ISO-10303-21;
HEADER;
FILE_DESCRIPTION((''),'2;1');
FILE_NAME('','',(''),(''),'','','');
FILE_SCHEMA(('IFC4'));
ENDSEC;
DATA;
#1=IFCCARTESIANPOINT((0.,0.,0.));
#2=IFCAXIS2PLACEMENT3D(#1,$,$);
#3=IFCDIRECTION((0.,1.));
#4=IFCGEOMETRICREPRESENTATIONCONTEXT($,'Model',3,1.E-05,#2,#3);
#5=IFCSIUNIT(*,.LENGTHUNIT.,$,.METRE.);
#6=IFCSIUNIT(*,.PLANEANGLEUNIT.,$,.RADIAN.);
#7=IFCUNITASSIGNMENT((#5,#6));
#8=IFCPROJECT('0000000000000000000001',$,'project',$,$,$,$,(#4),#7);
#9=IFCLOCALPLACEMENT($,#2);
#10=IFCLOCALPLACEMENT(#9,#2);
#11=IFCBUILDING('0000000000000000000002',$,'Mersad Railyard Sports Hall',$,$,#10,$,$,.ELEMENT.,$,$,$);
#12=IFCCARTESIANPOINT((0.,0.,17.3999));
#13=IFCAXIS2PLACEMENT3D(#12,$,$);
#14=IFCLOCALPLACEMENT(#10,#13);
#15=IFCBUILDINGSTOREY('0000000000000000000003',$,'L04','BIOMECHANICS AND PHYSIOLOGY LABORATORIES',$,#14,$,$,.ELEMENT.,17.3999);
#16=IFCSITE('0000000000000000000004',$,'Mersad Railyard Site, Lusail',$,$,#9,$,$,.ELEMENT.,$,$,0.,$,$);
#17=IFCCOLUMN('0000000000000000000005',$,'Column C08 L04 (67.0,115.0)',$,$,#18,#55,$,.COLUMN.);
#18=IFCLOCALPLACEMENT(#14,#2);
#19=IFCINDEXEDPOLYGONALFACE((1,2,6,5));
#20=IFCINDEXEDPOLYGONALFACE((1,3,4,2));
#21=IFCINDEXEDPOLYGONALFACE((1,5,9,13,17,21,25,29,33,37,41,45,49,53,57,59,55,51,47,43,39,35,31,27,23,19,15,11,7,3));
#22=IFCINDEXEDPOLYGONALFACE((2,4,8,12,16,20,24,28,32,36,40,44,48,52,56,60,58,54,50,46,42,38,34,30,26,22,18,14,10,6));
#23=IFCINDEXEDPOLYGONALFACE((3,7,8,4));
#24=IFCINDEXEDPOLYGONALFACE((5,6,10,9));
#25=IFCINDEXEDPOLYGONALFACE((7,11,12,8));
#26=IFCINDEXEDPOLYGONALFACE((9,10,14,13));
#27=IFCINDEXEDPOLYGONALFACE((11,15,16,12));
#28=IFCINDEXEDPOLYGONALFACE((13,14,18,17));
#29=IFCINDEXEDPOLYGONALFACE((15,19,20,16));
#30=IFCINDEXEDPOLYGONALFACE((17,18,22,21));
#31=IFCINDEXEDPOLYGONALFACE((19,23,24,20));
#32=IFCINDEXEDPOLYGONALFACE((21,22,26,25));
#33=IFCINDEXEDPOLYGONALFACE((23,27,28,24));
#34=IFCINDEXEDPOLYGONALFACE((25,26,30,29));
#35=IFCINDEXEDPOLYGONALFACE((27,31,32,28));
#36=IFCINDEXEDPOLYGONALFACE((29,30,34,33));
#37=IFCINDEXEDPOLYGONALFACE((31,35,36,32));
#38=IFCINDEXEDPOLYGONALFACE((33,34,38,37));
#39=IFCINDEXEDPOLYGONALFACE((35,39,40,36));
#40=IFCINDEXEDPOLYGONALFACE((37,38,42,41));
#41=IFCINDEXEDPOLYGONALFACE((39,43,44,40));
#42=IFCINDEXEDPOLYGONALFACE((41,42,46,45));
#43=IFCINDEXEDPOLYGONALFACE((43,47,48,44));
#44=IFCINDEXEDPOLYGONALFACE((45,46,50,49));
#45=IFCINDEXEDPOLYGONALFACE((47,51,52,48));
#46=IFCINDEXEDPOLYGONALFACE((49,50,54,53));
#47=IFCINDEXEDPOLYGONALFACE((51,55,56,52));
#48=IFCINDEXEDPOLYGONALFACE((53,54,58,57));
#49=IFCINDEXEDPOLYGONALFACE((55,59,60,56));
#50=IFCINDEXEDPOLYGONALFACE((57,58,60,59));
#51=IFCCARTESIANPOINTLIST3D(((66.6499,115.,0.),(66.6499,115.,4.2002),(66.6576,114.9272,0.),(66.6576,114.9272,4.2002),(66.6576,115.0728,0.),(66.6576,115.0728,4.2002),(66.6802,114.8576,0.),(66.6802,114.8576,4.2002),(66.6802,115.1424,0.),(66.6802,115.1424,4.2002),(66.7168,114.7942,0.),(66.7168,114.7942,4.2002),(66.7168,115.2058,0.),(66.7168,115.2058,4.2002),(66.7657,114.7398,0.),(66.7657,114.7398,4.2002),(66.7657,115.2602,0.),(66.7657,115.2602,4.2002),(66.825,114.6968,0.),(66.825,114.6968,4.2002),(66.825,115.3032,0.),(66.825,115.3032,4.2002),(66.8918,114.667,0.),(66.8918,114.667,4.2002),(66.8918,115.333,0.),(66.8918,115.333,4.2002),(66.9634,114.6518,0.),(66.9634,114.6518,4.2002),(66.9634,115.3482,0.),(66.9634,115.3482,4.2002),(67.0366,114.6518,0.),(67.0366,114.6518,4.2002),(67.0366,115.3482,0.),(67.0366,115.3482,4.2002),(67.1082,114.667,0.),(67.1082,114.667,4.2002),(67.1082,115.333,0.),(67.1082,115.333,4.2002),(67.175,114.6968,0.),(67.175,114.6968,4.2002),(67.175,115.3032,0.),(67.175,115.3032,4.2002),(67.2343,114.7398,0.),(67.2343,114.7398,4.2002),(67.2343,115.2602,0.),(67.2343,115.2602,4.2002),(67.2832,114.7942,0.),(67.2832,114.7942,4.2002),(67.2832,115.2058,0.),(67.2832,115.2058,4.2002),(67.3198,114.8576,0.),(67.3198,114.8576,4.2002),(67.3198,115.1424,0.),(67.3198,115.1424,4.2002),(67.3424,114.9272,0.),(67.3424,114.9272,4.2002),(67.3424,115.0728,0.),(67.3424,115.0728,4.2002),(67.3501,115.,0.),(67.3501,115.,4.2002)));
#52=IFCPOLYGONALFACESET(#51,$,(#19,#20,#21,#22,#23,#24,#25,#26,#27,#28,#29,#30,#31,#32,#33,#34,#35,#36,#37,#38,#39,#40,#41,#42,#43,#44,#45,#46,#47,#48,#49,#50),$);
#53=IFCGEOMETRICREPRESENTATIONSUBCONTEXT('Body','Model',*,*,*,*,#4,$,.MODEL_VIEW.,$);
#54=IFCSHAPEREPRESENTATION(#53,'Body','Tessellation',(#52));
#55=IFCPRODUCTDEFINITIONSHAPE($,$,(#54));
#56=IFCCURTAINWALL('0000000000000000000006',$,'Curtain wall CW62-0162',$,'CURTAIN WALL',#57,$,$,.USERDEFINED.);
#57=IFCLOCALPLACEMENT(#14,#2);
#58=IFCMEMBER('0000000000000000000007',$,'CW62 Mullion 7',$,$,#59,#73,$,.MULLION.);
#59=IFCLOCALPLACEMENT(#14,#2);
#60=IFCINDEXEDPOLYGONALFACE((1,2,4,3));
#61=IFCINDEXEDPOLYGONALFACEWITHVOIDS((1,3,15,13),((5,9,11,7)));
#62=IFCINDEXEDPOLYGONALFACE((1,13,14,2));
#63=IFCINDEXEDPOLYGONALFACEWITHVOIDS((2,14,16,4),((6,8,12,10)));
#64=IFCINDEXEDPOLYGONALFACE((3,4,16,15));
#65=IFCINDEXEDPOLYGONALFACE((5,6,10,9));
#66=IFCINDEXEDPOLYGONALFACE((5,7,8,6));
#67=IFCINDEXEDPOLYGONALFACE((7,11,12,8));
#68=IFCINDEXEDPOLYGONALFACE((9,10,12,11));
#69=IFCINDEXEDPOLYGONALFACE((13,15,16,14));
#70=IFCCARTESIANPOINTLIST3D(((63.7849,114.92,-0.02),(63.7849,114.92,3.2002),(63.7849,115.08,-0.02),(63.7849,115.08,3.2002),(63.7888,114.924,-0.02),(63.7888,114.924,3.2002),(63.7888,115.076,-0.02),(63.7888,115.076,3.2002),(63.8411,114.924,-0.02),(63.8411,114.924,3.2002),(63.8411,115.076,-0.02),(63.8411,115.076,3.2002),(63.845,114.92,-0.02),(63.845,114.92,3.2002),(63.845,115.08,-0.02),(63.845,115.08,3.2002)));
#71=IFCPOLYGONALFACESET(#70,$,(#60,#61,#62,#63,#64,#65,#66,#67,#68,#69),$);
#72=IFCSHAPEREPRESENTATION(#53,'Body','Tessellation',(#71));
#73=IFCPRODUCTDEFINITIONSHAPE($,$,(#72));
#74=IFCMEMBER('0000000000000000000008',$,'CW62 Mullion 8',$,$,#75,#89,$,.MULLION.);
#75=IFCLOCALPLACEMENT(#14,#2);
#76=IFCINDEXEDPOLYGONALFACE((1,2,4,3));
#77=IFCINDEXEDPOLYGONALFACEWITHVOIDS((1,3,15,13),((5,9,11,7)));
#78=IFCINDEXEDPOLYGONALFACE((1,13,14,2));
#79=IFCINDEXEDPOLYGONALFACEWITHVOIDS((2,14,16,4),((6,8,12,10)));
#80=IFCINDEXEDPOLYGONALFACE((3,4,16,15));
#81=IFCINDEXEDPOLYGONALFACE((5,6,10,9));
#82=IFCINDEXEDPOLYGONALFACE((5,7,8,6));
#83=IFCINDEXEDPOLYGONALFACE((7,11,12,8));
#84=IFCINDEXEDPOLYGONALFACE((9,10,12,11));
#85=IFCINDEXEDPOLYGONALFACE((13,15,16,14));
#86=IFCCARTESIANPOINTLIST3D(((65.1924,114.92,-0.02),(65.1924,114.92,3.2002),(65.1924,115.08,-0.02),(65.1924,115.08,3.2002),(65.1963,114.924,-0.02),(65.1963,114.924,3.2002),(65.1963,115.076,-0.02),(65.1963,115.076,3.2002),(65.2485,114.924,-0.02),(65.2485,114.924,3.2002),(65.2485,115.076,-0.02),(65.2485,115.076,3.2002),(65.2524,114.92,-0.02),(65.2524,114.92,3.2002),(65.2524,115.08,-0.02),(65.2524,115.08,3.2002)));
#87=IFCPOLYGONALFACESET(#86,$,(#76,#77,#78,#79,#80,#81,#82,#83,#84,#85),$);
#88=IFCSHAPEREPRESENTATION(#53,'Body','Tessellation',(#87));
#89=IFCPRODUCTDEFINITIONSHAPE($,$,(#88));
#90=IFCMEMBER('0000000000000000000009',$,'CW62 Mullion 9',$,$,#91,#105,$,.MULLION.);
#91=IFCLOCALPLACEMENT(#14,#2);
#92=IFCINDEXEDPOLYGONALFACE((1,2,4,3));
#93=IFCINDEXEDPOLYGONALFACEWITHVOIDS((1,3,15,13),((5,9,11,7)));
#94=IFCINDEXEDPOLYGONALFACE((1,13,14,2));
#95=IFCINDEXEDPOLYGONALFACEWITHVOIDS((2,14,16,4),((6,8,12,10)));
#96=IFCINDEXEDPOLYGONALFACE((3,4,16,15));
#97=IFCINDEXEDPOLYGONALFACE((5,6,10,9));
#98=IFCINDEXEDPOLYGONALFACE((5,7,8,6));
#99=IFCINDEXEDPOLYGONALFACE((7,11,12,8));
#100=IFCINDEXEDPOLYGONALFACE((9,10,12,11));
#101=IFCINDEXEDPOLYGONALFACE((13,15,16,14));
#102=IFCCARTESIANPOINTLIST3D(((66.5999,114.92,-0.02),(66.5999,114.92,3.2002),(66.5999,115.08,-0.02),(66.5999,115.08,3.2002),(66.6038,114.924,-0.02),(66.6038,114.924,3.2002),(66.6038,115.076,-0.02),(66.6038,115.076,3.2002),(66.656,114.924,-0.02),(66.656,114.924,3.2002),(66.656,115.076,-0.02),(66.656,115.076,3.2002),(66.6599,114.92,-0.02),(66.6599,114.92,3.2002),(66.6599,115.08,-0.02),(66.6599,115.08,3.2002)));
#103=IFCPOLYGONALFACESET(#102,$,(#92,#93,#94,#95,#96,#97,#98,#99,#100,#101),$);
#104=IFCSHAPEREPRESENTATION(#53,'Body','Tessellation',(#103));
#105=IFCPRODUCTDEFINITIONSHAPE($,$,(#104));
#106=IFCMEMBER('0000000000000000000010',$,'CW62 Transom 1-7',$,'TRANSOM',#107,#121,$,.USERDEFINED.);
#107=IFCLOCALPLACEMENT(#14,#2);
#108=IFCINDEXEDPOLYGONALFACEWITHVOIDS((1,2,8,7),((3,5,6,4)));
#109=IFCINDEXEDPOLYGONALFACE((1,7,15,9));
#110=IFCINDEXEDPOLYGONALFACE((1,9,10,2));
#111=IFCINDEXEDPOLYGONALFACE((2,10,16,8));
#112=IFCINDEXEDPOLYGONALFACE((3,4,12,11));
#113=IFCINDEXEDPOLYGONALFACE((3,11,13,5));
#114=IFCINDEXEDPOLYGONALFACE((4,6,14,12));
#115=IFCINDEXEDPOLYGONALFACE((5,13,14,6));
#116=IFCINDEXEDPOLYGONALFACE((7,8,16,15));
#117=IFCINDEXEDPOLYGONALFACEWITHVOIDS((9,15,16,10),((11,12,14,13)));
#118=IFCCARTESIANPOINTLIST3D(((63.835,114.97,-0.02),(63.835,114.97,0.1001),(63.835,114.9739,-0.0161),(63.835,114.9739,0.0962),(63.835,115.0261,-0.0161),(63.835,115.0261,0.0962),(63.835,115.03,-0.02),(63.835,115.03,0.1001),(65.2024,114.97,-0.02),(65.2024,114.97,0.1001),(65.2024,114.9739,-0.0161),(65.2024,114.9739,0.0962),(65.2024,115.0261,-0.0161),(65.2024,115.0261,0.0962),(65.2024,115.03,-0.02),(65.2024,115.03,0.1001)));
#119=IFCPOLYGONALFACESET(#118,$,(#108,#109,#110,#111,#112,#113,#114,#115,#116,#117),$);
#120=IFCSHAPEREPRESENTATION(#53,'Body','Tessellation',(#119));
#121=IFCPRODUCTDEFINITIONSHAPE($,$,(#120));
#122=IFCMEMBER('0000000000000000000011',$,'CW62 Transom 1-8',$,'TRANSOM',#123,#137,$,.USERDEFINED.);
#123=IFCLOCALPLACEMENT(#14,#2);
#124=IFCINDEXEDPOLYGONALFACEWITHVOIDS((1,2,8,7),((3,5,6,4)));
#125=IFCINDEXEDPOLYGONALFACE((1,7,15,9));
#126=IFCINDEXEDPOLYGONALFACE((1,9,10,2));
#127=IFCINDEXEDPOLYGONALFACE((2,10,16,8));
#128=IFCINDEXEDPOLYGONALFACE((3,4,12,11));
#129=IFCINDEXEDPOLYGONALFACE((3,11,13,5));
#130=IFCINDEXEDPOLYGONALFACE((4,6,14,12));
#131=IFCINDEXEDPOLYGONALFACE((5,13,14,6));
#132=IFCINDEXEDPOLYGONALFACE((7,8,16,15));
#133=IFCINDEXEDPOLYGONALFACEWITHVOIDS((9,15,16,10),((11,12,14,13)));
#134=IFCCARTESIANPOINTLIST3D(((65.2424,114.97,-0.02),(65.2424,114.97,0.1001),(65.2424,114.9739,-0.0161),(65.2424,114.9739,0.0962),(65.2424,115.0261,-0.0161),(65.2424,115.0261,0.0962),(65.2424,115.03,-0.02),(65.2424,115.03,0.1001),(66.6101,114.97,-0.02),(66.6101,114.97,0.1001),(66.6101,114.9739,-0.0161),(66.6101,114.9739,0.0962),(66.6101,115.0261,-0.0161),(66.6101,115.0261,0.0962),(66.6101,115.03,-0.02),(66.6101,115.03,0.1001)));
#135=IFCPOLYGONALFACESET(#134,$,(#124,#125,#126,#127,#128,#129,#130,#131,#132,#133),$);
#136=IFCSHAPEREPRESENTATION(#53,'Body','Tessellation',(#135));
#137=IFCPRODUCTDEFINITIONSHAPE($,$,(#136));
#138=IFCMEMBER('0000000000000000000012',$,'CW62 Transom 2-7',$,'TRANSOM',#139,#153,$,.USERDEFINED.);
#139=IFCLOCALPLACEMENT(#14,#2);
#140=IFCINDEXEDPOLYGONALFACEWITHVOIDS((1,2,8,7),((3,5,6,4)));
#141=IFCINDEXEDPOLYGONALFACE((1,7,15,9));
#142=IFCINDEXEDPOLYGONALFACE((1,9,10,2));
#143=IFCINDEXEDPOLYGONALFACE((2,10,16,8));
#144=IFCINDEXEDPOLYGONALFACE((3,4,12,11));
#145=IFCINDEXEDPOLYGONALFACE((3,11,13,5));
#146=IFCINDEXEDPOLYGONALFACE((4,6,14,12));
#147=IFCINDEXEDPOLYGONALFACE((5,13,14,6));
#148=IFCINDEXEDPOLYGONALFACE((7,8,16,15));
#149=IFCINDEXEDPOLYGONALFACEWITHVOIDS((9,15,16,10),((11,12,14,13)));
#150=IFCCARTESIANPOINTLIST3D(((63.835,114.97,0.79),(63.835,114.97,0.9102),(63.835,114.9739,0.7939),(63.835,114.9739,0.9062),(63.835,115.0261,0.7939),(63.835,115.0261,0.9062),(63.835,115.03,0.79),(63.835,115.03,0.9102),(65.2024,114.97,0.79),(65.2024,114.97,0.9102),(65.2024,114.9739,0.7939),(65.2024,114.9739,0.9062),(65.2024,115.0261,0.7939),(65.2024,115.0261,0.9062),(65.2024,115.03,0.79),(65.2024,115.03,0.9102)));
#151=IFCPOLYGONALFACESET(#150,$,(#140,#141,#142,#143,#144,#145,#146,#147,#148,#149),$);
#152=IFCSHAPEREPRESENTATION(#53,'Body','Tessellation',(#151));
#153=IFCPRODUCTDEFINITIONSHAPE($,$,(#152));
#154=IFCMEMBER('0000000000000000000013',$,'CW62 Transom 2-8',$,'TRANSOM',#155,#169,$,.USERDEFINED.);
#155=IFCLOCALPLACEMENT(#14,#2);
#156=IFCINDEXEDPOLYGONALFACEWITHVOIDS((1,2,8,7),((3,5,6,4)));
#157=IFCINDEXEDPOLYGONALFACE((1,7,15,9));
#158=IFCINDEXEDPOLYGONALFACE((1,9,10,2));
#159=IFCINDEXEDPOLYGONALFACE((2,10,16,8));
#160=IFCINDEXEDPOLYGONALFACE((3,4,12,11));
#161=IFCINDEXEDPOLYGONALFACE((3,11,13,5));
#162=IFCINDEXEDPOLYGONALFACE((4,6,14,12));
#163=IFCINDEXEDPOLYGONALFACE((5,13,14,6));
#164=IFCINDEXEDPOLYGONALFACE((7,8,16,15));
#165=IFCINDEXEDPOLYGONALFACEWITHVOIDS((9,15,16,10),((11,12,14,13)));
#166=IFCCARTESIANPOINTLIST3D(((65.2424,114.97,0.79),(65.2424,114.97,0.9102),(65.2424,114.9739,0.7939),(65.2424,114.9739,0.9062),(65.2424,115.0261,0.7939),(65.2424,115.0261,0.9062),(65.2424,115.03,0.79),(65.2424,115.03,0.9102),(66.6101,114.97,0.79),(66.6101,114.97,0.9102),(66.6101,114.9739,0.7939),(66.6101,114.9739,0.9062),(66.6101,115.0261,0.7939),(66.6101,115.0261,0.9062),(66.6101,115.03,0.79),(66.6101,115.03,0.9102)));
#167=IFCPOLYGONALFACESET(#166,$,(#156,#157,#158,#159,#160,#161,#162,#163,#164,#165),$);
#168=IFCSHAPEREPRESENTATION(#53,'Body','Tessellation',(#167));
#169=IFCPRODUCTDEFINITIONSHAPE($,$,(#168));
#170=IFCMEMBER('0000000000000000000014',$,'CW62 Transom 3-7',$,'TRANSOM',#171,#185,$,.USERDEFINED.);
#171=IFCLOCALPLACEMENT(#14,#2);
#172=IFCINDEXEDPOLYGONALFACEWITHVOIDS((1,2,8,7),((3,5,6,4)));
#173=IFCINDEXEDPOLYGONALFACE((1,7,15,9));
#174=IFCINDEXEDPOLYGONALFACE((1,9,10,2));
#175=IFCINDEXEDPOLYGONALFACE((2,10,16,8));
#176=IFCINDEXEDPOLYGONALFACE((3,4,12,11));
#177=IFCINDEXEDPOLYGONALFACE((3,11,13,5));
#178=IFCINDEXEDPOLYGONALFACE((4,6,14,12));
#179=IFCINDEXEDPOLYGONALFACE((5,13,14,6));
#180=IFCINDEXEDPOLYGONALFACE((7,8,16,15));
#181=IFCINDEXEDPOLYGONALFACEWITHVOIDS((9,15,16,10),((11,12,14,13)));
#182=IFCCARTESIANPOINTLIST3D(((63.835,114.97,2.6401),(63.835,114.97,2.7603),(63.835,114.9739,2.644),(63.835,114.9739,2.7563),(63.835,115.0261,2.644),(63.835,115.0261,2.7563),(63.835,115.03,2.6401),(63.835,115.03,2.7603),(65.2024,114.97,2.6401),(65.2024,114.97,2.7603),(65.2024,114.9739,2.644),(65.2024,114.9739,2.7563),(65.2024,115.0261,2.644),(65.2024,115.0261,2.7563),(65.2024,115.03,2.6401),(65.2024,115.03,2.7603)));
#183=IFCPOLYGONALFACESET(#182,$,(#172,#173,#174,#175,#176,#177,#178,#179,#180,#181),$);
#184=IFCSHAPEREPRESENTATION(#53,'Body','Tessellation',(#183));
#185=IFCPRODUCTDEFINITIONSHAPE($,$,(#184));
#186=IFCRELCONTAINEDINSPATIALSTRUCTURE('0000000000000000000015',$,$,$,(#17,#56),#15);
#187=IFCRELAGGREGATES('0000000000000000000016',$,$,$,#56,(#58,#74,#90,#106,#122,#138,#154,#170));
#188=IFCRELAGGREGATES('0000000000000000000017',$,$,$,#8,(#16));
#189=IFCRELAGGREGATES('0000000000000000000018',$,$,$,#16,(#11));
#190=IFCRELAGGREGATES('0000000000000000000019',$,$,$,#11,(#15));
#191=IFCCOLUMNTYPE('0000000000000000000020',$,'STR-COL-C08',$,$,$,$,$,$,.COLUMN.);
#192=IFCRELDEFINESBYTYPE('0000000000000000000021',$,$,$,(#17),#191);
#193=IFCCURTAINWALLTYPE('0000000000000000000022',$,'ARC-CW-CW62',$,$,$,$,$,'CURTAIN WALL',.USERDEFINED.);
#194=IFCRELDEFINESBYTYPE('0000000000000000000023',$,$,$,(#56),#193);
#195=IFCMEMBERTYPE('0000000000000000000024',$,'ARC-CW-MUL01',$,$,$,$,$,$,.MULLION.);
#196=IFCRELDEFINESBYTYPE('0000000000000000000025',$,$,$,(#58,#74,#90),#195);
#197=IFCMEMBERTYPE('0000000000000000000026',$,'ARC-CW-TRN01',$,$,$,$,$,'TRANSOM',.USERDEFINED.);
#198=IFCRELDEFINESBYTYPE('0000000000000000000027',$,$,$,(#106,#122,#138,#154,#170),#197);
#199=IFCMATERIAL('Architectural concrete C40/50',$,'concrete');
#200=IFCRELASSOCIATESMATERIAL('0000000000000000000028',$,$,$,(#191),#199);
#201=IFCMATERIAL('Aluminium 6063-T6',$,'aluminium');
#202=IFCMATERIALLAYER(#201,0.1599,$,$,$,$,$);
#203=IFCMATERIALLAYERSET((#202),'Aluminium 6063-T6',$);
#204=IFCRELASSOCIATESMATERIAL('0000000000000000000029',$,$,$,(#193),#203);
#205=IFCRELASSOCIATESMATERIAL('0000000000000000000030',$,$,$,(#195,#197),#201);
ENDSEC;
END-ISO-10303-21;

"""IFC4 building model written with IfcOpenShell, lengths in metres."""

from ifc_helpers import new_model, si_unit, direction, frame, origin, origin_2d, place, context, subcontext, project, spatial, hollow_rectangle, circle, extrude, material, layer, layer_set, material_profile, profile_set, type_object, element, aggregate, save


model = new_model("IFC4")

# Units and contexts
model_context = context("Model", 3, precision=1e-05, world=origin(), true_north=direction((0.0, 1.0)))
body_context = subcontext(model_context, "Body", "Model", "MODEL_VIEW")
ifc_project = project(units=[si_unit("LENGTHUNIT", "METRE"), si_unit("PLANEANGLEUNIT", "RADIAN")], contexts=[model_context])

# Site, building, storey
site_placement = place(None, origin())
site = spatial("IfcSite", under=ifc_project, at=site_placement, Name="Mersad Railyard Site, Lusail", CompositionType="ELEMENT", RefElevation=0.0)
building_placement = place(site_placement, origin())
building = spatial("IfcBuilding", under=site, at=building_placement, Name="Mersad Railyard Sports Hall", CompositionType="ELEMENT")
storey_placement = place(building_placement, frame((0.0, 0.0, 17.3999)))
storey = spatial("IfcBuildingStorey", under=building, at=storey_placement, Name="L04", Description="BIOMECHANICS AND PHYSIOLOGY LABORATORIES", CompositionType="ELEMENT", Elevation=17.3999)

# Column
ifc_material_1 = material(Name="Architectural concrete C40/50", Category="concrete")
ifc_material_profile_1 = material_profile(ifc_material_1, circle(Radius=0.3501, at=origin_2d()), Name="RC D700")
ifc_profile_set_1 = profile_set([ifc_material_profile_1], Name="Architectural concrete C40/50")
column_type = type_object("IfcColumnType", Name="STR-COL-C08", PredefinedType="COLUMN", material=ifc_profile_set_1)
column_placement = place(storey_placement, frame((67.0, 115.0, 0.0), z_axis=(0.0, 0.0, 1.0), x_axis=(1.0, 0.0, 0.0)))
element("IfcColumn", 1, at=column_placement, inside=storey, type_object=column_type, Name="Column C08 L04 (67.0,115.0)", PredefinedType="COLUMN", context=body_context, shape_type="SweptSolid", body=[
    extrude(circle(Radius=0.3501, at=origin_2d()), origin(), (0.0, 0.0, 1.0), 4.2002),
])

# Curtain wall, members
ifc_material_2 = material(Name="Aluminium 6063-T6", Category="aluminium")
ifc_layer_1 = layer(ifc_material_2, 0.1599)
ifc_layer_set_1 = layer_set([ifc_layer_1], Name="Aluminium 6063-T6")
curtain_wall_type = type_object("IfcCurtainWallType", Name="ARC-CW-CW62", ElementType="CURTAIN WALL", PredefinedType="USERDEFINED", material=ifc_layer_set_1)
curtain_wall_placement = place(storey_placement, origin())
curtain_wall = element("IfcCurtainWall", 2, at=curtain_wall_placement, inside=storey, type_object=curtain_wall_type, Name="Curtain wall CW62-0162", ObjectType="CURTAIN WALL", PredefinedType="USERDEFINED")
ifc_material_profile_2 = material_profile(ifc_material_2, hollow_rectangle(XDim=0.0601, YDim=0.1599, WallThickness=0.0039, at=origin_2d()), Name="AL MULLION 60x160x4")
ifc_profile_set_2 = profile_set([ifc_material_profile_2], Name="Aluminium 6063-T6")
member_type_1 = type_object("IfcMemberType", Name="ARC-CW-MUL01", PredefinedType="MULLION", material=ifc_profile_set_2)
member_1_placement = place(storey_placement, frame((63.8149, 115.0, -0.02), z_axis=(0.0, 0.0, 1.0), x_axis=(1.0, 0.0, 0.0)))
member_1 = element("IfcMember", 3, at=member_1_placement, type_object=member_type_1, Name="CW62 Mullion 7", PredefinedType="MULLION", context=body_context, shape_type="SweptSolid", body=[
    extrude(hollow_rectangle(XDim=0.0601, YDim=0.1599, WallThickness=0.0039, at=origin_2d()), origin(), (0.0, 0.0, 1.0), 3.2202),
])
member_2_placement = place(storey_placement, frame((65.2224, 115.0, -0.02), z_axis=(0.0, 0.0, 1.0), x_axis=(1.0, 0.0, 0.0)))
member_2 = element("IfcMember", 4, at=member_2_placement, type_object=member_type_1, Name="CW62 Mullion 8", PredefinedType="MULLION", context=body_context, shape_type="SweptSolid", body=[
    extrude(hollow_rectangle(XDim=0.0601, YDim=0.1599, WallThickness=0.0039, at=origin_2d()), origin(), (0.0, 0.0, 1.0), 3.2202),
])
member_3_placement = place(storey_placement, frame((66.6299, 115.0, -0.02), z_axis=(0.0, 0.0, 1.0), x_axis=(1.0, 0.0, 0.0)))
member_3 = element("IfcMember", 5, at=member_3_placement, type_object=member_type_1, Name="CW62 Mullion 9", PredefinedType="MULLION", context=body_context, shape_type="SweptSolid", body=[
    extrude(hollow_rectangle(XDim=0.0601, YDim=0.1599, WallThickness=0.0039, at=origin_2d()), origin(), (0.0, 0.0, 1.0), 3.2202),
])
ifc_material_profile_3 = material_profile(ifc_material_2, hollow_rectangle(XDim=0.0601, YDim=0.1201, WallThickness=0.0039, at=origin_2d()), Name="AL TRANSOM 60x120x4")
ifc_profile_set_3 = profile_set([ifc_material_profile_3], Name="Aluminium 6063-T6")
member_type_2 = type_object("IfcMemberType", Name="ARC-CW-TRN01", ElementType="TRANSOM", PredefinedType="USERDEFINED", material=ifc_profile_set_3)
member_4_placement = place(storey_placement, frame((63.835, 115.0, 0.04), z_axis=(1.0, 0.0, 0.0), x_axis=(0.0, 1.0, 0.0)))
member_4 = element("IfcMember", 6, at=member_4_placement, type_object=member_type_2, Name="CW62 Transom 1-7", ObjectType="TRANSOM", PredefinedType="USERDEFINED", context=body_context, shape_type="SweptSolid", body=[
    extrude(hollow_rectangle(XDim=0.0601, YDim=0.1201, WallThickness=0.0039, at=origin_2d()), origin(), (0.0, 0.0, 1.0), 1.3674),
])
member_5_placement = place(storey_placement, frame((65.2424, 115.0, 0.04), z_axis=(1.0, 0.0, 0.0), x_axis=(0.0, 1.0, 0.0)))
member_5 = element("IfcMember", 7, at=member_5_placement, type_object=member_type_2, Name="CW62 Transom 1-8", ObjectType="TRANSOM", PredefinedType="USERDEFINED", context=body_context, shape_type="SweptSolid", body=[
    extrude(hollow_rectangle(XDim=0.0601, YDim=0.1201, WallThickness=0.0039, at=origin_2d()), origin(), (0.0, 0.0, 1.0), 1.3677),
])
member_6_placement = place(storey_placement, frame((63.835, 115.0, 0.8501), z_axis=(1.0, 0.0, 0.0), x_axis=(0.0, 1.0, 0.0)))
member_6 = element("IfcMember", 8, at=member_6_placement, type_object=member_type_2, Name="CW62 Transom 2-7", ObjectType="TRANSOM", PredefinedType="USERDEFINED", context=body_context, shape_type="SweptSolid", body=[
    extrude(hollow_rectangle(XDim=0.0601, YDim=0.1201, WallThickness=0.0039, at=origin_2d()), origin(), (0.0, 0.0, 1.0), 1.3674),
])
member_7_placement = place(storey_placement, frame((65.2424, 115.0, 0.8501), z_axis=(1.0, 0.0, 0.0), x_axis=(0.0, 1.0, 0.0)))
member_7 = element("IfcMember", 9, at=member_7_placement, type_object=member_type_2, Name="CW62 Transom 2-8", ObjectType="TRANSOM", PredefinedType="USERDEFINED", context=body_context, shape_type="SweptSolid", body=[
    extrude(hollow_rectangle(XDim=0.0601, YDim=0.1201, WallThickness=0.0039, at=origin_2d()), origin(), (0.0, 0.0, 1.0), 1.3677),
])
member_8_placement = place(storey_placement, frame((63.835, 115.0, 2.7002), z_axis=(1.0, 0.0, 0.0), x_axis=(0.0, 1.0, 0.0)))
member_8 = element("IfcMember", 10, at=member_8_placement, type_object=member_type_2, Name="CW62 Transom 3-7", ObjectType="TRANSOM", PredefinedType="USERDEFINED", context=body_context, shape_type="SweptSolid", body=[
    extrude(hollow_rectangle(XDim=0.0601, YDim=0.1201, WallThickness=0.0039, at=origin_2d()), origin(), (0.0, 0.0, 1.0), 1.3674),
])

aggregate(curtain_wall, [member_1, member_2, member_3, member_4, member_5, member_6, member_7, member_8])

save(model, "model.ifc")
